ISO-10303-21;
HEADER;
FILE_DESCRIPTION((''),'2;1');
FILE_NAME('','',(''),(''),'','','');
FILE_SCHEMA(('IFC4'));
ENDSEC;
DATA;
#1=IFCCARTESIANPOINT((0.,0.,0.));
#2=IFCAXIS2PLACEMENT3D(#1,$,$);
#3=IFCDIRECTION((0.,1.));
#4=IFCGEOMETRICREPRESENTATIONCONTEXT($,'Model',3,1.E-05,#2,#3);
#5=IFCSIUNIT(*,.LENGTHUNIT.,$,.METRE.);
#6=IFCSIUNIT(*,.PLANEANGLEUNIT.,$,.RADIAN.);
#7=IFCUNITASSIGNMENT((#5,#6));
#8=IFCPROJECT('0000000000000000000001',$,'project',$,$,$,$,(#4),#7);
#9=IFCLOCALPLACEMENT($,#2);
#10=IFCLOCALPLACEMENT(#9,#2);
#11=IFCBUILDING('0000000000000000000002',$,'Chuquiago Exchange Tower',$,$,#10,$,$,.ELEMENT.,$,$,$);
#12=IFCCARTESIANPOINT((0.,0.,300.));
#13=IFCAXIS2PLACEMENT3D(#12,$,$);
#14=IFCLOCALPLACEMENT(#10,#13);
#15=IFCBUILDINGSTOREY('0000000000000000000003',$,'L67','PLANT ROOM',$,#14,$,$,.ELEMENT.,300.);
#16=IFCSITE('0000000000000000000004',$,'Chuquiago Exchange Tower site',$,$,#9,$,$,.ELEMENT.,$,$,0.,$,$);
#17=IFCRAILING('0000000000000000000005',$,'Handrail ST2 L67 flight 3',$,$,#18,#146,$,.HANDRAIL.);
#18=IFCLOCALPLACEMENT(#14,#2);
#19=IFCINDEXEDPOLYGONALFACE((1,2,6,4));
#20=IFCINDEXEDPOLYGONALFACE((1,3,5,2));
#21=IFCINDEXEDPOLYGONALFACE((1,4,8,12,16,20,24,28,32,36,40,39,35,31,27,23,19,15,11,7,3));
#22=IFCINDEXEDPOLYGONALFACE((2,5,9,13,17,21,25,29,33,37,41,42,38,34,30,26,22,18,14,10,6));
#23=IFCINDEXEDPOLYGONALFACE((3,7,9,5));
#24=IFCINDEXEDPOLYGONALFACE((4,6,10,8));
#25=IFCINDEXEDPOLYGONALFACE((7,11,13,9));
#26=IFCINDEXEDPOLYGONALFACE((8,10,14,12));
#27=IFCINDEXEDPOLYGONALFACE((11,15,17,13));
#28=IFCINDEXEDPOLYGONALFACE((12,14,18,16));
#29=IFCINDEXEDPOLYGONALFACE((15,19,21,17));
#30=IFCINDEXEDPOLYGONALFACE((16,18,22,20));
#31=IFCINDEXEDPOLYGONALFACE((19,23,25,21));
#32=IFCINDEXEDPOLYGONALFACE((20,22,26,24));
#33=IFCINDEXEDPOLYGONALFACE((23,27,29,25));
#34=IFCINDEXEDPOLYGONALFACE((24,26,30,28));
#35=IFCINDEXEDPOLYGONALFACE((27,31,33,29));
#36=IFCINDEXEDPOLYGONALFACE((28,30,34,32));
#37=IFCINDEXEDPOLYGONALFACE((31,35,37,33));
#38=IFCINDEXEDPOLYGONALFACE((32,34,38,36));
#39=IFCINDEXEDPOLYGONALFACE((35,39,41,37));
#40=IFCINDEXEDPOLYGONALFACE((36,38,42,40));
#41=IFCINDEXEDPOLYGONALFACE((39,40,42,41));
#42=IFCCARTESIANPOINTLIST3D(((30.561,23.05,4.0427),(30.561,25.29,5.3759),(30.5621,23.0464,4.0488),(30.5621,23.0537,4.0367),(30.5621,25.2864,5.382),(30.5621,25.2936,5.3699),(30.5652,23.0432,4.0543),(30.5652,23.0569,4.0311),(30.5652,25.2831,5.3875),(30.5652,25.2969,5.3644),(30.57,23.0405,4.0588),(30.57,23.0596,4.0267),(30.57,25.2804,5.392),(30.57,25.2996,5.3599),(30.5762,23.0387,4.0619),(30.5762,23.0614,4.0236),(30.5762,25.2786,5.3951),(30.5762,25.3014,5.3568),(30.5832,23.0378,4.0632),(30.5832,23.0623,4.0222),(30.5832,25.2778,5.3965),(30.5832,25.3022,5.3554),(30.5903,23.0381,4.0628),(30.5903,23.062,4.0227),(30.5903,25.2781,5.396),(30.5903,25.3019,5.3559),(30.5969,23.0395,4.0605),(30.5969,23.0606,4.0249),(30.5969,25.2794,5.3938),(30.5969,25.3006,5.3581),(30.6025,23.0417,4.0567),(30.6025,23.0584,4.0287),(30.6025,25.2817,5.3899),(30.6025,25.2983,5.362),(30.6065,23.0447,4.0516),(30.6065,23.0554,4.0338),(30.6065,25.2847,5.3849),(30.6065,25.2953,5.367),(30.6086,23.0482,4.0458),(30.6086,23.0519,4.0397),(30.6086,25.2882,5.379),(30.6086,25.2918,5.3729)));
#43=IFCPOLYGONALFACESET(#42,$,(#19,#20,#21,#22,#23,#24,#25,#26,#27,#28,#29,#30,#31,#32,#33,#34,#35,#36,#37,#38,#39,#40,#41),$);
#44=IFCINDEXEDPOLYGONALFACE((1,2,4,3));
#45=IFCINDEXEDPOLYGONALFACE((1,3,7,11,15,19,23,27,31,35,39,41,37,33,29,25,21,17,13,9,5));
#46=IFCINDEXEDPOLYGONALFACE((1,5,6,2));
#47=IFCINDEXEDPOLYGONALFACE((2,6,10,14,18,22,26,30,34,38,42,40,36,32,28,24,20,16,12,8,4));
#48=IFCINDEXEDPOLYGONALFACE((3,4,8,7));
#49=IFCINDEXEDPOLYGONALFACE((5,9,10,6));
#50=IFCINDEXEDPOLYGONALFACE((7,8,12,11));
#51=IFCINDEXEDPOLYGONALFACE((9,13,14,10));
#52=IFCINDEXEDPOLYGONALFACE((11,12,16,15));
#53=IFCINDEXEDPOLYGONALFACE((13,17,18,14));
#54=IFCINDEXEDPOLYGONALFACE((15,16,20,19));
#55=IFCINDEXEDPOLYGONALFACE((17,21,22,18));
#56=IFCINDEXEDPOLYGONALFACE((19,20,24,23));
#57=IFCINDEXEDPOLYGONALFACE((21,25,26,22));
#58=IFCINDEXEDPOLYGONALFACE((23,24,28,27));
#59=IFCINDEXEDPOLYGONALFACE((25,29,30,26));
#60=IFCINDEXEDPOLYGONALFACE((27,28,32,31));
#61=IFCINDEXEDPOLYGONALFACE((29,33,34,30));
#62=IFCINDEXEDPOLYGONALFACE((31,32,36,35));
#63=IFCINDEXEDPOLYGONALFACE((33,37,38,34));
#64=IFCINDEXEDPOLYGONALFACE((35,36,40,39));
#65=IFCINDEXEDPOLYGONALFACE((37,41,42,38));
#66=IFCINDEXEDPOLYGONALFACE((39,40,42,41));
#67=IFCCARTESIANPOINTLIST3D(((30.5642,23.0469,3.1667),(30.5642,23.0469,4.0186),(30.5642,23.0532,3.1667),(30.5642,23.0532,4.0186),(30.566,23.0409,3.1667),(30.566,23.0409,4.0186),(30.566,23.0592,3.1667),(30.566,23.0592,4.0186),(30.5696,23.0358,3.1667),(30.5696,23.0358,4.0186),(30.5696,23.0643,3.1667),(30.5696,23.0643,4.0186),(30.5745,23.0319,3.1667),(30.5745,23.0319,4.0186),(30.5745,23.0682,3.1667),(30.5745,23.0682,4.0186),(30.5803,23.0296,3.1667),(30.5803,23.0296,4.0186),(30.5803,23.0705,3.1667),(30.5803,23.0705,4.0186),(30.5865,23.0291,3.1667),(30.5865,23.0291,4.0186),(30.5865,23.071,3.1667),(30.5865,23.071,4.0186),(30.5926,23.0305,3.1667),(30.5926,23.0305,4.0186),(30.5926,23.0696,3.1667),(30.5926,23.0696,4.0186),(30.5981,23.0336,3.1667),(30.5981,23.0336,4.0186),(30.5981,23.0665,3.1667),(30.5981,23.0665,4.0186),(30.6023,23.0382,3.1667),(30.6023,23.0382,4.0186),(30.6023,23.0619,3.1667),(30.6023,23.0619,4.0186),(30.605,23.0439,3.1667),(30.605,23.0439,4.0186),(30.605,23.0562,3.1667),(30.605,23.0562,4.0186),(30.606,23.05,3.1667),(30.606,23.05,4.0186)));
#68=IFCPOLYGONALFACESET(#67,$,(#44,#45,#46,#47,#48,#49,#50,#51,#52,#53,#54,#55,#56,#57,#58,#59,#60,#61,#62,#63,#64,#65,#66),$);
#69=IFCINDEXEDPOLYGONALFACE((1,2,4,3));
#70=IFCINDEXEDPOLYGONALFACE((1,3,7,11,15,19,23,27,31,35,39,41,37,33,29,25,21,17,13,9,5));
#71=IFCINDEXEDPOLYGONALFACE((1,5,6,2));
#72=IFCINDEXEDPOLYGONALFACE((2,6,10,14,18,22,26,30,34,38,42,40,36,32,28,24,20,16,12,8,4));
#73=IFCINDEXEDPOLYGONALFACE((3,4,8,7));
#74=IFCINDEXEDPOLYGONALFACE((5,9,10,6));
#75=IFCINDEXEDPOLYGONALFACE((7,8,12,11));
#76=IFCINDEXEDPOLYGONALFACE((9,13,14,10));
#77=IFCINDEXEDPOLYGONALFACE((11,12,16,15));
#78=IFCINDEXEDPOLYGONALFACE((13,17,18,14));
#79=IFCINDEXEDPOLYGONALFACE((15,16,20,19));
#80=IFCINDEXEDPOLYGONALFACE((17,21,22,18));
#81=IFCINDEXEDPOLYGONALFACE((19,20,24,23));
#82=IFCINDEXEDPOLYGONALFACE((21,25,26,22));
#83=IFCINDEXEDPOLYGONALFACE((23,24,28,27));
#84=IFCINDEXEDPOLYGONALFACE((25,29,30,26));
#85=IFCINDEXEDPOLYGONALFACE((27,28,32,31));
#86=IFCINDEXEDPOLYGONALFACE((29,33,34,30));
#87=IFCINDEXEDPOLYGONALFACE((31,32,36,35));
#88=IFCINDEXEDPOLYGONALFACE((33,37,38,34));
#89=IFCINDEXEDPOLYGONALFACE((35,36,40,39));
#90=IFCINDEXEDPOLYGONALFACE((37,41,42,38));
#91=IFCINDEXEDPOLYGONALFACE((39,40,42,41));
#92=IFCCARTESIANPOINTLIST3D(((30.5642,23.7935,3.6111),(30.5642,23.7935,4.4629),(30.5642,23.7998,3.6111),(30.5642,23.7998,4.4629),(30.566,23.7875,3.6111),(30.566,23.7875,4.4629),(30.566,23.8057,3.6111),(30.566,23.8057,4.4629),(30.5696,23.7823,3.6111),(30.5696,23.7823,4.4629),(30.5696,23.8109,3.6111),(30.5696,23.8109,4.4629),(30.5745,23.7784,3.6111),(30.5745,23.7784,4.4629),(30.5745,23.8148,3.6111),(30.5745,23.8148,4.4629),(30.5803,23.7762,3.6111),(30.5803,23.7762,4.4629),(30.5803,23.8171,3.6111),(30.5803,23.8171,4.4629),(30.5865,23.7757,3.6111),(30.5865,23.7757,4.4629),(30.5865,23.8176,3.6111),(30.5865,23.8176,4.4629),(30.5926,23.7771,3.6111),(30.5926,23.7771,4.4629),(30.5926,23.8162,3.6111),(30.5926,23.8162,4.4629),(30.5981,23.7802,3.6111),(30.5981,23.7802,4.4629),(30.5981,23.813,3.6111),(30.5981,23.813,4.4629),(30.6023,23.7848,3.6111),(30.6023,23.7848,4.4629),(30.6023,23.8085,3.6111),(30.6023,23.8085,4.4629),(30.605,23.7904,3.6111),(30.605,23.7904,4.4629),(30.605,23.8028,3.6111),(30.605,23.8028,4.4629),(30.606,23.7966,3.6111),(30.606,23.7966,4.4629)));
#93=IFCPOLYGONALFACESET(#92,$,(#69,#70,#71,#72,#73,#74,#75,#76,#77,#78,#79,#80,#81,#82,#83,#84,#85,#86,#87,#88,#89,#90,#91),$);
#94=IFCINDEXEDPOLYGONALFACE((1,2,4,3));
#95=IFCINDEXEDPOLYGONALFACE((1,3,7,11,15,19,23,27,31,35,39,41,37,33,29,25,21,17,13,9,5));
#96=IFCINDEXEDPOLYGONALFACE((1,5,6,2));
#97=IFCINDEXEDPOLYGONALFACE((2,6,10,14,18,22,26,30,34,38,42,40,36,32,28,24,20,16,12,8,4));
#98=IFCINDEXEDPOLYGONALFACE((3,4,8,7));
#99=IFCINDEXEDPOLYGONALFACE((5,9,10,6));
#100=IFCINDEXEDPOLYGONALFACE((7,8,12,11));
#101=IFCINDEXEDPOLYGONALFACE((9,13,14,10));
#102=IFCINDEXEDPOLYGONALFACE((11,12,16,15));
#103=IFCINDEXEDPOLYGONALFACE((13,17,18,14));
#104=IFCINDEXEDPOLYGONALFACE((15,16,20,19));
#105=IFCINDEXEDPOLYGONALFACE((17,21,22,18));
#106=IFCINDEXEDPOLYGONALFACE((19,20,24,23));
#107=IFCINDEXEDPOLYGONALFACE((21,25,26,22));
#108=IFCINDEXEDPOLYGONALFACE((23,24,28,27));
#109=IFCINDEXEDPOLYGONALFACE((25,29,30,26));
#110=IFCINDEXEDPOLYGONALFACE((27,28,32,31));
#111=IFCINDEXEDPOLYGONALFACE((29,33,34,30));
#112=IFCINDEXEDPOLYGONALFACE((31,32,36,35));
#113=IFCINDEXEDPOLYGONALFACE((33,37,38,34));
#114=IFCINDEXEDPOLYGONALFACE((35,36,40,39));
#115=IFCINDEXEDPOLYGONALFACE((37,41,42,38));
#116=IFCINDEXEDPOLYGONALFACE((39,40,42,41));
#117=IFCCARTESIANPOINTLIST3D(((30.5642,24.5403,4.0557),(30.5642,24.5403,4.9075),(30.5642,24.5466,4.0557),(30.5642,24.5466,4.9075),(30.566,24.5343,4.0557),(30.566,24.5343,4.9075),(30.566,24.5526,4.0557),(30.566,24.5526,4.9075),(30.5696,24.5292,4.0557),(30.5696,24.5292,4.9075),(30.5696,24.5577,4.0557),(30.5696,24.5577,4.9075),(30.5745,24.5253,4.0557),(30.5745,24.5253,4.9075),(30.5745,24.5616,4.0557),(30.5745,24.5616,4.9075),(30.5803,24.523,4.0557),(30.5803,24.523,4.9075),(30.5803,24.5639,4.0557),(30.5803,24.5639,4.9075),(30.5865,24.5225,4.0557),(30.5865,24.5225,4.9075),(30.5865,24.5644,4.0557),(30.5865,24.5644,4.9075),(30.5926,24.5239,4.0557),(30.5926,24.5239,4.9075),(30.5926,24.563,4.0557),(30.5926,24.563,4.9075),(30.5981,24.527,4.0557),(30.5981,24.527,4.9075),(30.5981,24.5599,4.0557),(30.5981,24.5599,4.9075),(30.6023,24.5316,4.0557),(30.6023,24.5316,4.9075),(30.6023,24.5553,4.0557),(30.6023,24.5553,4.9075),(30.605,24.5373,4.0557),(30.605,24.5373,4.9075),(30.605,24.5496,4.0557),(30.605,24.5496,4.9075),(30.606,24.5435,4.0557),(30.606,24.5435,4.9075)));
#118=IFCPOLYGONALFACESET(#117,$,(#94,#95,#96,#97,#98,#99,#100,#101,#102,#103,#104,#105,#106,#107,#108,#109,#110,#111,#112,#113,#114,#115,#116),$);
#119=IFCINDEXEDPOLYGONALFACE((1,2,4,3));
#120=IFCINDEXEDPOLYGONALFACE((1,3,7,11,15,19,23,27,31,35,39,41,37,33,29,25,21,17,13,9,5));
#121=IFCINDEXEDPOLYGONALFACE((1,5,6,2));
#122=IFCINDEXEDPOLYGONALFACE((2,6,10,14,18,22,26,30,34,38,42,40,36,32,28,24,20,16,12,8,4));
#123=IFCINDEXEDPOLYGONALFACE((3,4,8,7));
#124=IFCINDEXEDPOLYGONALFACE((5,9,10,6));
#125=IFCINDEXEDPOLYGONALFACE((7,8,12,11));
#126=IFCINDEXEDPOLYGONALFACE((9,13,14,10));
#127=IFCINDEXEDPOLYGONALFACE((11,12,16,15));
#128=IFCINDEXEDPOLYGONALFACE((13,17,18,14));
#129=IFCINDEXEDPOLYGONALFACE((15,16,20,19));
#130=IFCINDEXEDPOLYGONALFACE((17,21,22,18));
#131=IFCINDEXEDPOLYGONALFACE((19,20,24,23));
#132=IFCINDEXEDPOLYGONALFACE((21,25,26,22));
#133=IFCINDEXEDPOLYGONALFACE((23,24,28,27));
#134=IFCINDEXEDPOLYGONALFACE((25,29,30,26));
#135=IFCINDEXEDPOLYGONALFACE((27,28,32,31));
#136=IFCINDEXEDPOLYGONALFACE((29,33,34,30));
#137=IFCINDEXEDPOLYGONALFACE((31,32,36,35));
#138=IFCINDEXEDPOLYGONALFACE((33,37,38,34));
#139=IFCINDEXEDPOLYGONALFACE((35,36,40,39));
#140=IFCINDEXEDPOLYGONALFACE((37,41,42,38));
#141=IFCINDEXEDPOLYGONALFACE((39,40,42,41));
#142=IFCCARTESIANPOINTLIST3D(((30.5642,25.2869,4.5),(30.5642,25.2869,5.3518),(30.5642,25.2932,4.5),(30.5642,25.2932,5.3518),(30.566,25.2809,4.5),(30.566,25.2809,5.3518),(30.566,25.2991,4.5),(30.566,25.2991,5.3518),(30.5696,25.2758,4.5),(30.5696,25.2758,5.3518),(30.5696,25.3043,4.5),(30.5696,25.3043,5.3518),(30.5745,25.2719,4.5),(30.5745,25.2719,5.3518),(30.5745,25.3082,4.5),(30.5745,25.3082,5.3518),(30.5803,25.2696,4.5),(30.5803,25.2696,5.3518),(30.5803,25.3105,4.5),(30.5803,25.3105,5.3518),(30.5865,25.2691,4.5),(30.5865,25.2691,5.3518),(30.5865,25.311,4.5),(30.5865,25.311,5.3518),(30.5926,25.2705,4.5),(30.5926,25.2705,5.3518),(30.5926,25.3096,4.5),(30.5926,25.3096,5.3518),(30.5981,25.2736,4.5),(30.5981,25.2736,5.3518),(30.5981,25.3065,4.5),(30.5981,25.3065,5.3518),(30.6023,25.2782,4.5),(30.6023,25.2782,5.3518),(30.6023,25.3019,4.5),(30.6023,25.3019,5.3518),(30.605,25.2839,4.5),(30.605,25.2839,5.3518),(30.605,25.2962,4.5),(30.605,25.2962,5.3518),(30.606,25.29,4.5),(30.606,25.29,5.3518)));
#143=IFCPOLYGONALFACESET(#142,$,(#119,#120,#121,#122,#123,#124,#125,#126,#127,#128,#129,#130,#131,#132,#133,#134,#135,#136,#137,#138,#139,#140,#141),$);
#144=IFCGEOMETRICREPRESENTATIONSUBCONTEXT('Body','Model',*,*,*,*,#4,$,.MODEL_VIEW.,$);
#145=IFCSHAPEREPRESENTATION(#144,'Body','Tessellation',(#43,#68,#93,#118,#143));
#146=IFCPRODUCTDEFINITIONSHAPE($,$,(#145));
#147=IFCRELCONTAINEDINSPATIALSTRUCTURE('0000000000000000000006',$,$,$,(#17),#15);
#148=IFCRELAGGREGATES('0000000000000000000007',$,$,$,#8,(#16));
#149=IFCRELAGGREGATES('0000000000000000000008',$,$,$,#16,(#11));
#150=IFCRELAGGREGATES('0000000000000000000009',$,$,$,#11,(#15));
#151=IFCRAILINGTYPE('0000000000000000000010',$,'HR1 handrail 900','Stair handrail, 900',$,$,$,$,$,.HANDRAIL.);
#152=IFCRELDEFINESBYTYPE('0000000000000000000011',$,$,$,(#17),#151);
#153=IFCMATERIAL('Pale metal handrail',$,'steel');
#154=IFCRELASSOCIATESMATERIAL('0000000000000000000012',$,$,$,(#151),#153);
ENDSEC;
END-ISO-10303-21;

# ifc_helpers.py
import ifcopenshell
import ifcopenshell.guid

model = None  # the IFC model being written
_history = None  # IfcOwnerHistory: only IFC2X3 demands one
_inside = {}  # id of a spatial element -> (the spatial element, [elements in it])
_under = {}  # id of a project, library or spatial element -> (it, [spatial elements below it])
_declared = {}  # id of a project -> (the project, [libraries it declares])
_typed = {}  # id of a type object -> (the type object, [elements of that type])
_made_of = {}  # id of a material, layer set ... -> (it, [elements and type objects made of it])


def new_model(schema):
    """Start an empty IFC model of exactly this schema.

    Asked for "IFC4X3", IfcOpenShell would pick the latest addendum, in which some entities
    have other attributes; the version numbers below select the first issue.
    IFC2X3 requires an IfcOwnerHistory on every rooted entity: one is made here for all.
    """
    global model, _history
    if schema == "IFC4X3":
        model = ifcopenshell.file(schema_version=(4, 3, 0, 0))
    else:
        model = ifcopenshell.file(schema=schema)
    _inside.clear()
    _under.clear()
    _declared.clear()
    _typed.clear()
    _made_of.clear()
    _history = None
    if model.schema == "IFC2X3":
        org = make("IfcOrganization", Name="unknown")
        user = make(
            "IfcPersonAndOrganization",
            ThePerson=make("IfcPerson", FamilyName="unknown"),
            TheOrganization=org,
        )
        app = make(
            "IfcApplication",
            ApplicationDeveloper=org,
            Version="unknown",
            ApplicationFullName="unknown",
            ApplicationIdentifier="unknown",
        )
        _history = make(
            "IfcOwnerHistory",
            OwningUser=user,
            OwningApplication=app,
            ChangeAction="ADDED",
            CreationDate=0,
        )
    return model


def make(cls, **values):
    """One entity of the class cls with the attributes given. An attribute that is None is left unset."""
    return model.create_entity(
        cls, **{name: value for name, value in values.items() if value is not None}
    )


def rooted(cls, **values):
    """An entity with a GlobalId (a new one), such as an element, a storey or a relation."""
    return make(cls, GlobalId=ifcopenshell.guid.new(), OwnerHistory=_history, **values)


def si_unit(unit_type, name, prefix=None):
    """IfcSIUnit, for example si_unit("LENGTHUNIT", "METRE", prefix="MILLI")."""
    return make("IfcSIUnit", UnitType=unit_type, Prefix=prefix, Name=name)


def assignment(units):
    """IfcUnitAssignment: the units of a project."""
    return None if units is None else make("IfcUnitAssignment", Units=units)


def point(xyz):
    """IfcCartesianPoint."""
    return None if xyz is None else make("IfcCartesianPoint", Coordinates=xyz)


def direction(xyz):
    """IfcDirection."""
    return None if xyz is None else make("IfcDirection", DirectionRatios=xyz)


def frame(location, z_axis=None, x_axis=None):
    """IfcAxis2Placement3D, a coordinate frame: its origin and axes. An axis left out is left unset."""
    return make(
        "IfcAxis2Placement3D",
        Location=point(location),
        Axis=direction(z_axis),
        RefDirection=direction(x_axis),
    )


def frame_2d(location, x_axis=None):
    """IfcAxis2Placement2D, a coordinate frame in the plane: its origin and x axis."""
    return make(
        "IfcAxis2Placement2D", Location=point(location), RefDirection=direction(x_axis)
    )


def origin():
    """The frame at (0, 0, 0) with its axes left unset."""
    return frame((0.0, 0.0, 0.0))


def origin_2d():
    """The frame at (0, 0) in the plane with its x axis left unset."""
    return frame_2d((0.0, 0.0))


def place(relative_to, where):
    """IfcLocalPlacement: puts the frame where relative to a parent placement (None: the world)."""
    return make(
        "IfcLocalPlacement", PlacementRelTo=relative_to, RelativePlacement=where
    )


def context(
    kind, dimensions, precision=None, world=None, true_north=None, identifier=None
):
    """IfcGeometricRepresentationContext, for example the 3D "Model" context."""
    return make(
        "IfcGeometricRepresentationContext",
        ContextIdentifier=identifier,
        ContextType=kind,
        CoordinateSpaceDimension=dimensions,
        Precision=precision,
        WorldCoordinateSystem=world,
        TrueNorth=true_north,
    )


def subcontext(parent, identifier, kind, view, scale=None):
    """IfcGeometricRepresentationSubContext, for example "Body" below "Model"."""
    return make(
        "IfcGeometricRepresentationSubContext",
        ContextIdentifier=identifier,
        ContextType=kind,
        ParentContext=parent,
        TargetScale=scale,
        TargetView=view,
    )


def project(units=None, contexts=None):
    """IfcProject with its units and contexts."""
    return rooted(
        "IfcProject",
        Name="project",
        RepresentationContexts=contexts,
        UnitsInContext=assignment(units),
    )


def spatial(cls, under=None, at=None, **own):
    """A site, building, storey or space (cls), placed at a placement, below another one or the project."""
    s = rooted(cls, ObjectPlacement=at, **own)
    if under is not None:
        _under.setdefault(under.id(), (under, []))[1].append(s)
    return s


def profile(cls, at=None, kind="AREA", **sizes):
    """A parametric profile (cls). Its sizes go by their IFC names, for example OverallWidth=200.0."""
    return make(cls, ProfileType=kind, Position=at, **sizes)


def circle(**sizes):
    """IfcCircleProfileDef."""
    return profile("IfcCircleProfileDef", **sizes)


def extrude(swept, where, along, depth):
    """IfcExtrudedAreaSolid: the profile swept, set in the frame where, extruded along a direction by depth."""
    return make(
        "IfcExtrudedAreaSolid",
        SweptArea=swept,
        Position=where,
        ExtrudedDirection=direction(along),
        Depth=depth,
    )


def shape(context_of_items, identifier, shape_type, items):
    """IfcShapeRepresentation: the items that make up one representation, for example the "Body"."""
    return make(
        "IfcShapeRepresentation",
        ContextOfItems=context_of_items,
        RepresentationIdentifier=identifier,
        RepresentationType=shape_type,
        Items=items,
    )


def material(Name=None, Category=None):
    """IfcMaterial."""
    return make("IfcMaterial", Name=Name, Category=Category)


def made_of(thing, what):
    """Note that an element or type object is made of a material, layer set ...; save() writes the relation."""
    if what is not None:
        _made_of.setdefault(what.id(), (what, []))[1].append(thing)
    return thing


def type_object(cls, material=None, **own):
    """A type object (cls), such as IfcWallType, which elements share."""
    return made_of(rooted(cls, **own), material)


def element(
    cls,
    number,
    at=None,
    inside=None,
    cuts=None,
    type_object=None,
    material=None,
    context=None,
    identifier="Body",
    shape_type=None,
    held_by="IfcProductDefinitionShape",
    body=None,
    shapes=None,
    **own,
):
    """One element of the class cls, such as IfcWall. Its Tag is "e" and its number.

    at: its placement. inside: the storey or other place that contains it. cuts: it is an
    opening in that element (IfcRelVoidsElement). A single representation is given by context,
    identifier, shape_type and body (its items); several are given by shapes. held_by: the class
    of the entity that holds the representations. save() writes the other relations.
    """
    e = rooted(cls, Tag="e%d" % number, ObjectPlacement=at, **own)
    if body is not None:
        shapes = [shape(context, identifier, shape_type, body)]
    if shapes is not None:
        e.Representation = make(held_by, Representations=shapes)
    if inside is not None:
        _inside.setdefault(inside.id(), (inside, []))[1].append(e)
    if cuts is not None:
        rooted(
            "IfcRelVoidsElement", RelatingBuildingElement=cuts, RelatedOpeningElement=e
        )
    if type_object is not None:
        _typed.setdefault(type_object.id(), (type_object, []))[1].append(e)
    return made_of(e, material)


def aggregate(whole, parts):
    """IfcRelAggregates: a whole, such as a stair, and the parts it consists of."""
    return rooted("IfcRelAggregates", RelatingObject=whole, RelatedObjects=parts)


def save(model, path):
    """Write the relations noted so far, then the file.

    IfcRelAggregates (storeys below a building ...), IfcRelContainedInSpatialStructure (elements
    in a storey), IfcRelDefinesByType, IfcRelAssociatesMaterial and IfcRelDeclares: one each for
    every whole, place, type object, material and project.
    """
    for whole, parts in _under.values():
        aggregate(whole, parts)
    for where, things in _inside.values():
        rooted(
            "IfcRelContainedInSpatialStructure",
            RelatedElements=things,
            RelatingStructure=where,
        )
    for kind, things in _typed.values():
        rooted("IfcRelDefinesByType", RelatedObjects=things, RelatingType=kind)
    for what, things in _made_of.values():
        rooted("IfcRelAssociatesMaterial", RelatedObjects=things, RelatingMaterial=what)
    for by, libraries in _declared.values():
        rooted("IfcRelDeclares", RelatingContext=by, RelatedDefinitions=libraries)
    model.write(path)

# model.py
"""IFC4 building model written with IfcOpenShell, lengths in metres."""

from ifc_helpers import new_model, si_unit, direction, frame, origin, origin_2d, place, context, subcontext, project, spatial, circle, extrude, material, type_object, element, save


model = new_model("IFC4")

# Units and contexts
model_context = context("Model", 3, precision=1e-05, world=origin(), true_north=direction((0.0, 1.0)))
body_context = subcontext(model_context, "Body", "Model", "MODEL_VIEW")
ifc_project = project(units=[si_unit("LENGTHUNIT", "METRE"), si_unit("PLANEANGLEUNIT", "RADIAN")], contexts=[model_context])

# Site, building, storey
site_placement = place(None, origin())
site = spatial("IfcSite", under=ifc_project, at=site_placement, Name="Chuquiago Exchange Tower site", CompositionType="ELEMENT", RefElevation=0.0)
building_placement = place(site_placement, origin())
building = spatial("IfcBuilding", under=site, at=building_placement, Name="Chuquiago Exchange Tower", CompositionType="ELEMENT")
storey_placement = place(building_placement, frame((0.0, 0.0, 300.0)))
storey = spatial("IfcBuildingStorey", under=building, at=storey_placement, Name="L67", Description="PLANT ROOM", CompositionType="ELEMENT", Elevation=300.0)

# Railing
ifc_material_1 = material(Name="Pale metal handrail", Category="steel")
railing_type_1 = type_object("IfcRailingType", Name="HR1 handrail 900", Description="Stair handrail, 900", PredefinedType="HANDRAIL", material=ifc_material_1)
for number, where, name in (
    (1, (30.585, 23.05, 3.1667), "Handrail ST2 L67 flight 3"),
):
    element("IfcRailing", number, at=place(storey_placement, frame(where)), inside=storey, type_object=railing_type_1, Name=name, PredefinedType="HANDRAIL", context=body_context, shape_type="SweptSolid", body=[
        extrude(circle(Radius=0.0239, at=origin_2d()), frame((0.0, 0.0, 0.876), z_axis=(0.0, 0.859306, 0.511462), x_axis=(-1.0, 0.0, 0.0)), (0.0, 0.0, 1.0), 2.6067),
        extrude(circle(Radius=0.021, at=origin_2d()), origin(), (0.0, 0.0, 1.0), 0.8518),
        extrude(circle(Radius=0.021, at=origin_2d()), frame((0.0, 0.7466, 0.4443)), (0.0, 0.0, 1.0), 0.8518),
        extrude(circle(Radius=0.021, at=origin_2d()), frame((0.0, 1.4934, 0.8889)), (0.0, 0.0, 1.0), 0.8518),
        extrude(circle(Radius=0.021, at=origin_2d()), frame((0.0, 2.24, 1.3333)), (0.0, 0.0, 1.0), 0.8518),
    ])

save(model, "model.ifc")
